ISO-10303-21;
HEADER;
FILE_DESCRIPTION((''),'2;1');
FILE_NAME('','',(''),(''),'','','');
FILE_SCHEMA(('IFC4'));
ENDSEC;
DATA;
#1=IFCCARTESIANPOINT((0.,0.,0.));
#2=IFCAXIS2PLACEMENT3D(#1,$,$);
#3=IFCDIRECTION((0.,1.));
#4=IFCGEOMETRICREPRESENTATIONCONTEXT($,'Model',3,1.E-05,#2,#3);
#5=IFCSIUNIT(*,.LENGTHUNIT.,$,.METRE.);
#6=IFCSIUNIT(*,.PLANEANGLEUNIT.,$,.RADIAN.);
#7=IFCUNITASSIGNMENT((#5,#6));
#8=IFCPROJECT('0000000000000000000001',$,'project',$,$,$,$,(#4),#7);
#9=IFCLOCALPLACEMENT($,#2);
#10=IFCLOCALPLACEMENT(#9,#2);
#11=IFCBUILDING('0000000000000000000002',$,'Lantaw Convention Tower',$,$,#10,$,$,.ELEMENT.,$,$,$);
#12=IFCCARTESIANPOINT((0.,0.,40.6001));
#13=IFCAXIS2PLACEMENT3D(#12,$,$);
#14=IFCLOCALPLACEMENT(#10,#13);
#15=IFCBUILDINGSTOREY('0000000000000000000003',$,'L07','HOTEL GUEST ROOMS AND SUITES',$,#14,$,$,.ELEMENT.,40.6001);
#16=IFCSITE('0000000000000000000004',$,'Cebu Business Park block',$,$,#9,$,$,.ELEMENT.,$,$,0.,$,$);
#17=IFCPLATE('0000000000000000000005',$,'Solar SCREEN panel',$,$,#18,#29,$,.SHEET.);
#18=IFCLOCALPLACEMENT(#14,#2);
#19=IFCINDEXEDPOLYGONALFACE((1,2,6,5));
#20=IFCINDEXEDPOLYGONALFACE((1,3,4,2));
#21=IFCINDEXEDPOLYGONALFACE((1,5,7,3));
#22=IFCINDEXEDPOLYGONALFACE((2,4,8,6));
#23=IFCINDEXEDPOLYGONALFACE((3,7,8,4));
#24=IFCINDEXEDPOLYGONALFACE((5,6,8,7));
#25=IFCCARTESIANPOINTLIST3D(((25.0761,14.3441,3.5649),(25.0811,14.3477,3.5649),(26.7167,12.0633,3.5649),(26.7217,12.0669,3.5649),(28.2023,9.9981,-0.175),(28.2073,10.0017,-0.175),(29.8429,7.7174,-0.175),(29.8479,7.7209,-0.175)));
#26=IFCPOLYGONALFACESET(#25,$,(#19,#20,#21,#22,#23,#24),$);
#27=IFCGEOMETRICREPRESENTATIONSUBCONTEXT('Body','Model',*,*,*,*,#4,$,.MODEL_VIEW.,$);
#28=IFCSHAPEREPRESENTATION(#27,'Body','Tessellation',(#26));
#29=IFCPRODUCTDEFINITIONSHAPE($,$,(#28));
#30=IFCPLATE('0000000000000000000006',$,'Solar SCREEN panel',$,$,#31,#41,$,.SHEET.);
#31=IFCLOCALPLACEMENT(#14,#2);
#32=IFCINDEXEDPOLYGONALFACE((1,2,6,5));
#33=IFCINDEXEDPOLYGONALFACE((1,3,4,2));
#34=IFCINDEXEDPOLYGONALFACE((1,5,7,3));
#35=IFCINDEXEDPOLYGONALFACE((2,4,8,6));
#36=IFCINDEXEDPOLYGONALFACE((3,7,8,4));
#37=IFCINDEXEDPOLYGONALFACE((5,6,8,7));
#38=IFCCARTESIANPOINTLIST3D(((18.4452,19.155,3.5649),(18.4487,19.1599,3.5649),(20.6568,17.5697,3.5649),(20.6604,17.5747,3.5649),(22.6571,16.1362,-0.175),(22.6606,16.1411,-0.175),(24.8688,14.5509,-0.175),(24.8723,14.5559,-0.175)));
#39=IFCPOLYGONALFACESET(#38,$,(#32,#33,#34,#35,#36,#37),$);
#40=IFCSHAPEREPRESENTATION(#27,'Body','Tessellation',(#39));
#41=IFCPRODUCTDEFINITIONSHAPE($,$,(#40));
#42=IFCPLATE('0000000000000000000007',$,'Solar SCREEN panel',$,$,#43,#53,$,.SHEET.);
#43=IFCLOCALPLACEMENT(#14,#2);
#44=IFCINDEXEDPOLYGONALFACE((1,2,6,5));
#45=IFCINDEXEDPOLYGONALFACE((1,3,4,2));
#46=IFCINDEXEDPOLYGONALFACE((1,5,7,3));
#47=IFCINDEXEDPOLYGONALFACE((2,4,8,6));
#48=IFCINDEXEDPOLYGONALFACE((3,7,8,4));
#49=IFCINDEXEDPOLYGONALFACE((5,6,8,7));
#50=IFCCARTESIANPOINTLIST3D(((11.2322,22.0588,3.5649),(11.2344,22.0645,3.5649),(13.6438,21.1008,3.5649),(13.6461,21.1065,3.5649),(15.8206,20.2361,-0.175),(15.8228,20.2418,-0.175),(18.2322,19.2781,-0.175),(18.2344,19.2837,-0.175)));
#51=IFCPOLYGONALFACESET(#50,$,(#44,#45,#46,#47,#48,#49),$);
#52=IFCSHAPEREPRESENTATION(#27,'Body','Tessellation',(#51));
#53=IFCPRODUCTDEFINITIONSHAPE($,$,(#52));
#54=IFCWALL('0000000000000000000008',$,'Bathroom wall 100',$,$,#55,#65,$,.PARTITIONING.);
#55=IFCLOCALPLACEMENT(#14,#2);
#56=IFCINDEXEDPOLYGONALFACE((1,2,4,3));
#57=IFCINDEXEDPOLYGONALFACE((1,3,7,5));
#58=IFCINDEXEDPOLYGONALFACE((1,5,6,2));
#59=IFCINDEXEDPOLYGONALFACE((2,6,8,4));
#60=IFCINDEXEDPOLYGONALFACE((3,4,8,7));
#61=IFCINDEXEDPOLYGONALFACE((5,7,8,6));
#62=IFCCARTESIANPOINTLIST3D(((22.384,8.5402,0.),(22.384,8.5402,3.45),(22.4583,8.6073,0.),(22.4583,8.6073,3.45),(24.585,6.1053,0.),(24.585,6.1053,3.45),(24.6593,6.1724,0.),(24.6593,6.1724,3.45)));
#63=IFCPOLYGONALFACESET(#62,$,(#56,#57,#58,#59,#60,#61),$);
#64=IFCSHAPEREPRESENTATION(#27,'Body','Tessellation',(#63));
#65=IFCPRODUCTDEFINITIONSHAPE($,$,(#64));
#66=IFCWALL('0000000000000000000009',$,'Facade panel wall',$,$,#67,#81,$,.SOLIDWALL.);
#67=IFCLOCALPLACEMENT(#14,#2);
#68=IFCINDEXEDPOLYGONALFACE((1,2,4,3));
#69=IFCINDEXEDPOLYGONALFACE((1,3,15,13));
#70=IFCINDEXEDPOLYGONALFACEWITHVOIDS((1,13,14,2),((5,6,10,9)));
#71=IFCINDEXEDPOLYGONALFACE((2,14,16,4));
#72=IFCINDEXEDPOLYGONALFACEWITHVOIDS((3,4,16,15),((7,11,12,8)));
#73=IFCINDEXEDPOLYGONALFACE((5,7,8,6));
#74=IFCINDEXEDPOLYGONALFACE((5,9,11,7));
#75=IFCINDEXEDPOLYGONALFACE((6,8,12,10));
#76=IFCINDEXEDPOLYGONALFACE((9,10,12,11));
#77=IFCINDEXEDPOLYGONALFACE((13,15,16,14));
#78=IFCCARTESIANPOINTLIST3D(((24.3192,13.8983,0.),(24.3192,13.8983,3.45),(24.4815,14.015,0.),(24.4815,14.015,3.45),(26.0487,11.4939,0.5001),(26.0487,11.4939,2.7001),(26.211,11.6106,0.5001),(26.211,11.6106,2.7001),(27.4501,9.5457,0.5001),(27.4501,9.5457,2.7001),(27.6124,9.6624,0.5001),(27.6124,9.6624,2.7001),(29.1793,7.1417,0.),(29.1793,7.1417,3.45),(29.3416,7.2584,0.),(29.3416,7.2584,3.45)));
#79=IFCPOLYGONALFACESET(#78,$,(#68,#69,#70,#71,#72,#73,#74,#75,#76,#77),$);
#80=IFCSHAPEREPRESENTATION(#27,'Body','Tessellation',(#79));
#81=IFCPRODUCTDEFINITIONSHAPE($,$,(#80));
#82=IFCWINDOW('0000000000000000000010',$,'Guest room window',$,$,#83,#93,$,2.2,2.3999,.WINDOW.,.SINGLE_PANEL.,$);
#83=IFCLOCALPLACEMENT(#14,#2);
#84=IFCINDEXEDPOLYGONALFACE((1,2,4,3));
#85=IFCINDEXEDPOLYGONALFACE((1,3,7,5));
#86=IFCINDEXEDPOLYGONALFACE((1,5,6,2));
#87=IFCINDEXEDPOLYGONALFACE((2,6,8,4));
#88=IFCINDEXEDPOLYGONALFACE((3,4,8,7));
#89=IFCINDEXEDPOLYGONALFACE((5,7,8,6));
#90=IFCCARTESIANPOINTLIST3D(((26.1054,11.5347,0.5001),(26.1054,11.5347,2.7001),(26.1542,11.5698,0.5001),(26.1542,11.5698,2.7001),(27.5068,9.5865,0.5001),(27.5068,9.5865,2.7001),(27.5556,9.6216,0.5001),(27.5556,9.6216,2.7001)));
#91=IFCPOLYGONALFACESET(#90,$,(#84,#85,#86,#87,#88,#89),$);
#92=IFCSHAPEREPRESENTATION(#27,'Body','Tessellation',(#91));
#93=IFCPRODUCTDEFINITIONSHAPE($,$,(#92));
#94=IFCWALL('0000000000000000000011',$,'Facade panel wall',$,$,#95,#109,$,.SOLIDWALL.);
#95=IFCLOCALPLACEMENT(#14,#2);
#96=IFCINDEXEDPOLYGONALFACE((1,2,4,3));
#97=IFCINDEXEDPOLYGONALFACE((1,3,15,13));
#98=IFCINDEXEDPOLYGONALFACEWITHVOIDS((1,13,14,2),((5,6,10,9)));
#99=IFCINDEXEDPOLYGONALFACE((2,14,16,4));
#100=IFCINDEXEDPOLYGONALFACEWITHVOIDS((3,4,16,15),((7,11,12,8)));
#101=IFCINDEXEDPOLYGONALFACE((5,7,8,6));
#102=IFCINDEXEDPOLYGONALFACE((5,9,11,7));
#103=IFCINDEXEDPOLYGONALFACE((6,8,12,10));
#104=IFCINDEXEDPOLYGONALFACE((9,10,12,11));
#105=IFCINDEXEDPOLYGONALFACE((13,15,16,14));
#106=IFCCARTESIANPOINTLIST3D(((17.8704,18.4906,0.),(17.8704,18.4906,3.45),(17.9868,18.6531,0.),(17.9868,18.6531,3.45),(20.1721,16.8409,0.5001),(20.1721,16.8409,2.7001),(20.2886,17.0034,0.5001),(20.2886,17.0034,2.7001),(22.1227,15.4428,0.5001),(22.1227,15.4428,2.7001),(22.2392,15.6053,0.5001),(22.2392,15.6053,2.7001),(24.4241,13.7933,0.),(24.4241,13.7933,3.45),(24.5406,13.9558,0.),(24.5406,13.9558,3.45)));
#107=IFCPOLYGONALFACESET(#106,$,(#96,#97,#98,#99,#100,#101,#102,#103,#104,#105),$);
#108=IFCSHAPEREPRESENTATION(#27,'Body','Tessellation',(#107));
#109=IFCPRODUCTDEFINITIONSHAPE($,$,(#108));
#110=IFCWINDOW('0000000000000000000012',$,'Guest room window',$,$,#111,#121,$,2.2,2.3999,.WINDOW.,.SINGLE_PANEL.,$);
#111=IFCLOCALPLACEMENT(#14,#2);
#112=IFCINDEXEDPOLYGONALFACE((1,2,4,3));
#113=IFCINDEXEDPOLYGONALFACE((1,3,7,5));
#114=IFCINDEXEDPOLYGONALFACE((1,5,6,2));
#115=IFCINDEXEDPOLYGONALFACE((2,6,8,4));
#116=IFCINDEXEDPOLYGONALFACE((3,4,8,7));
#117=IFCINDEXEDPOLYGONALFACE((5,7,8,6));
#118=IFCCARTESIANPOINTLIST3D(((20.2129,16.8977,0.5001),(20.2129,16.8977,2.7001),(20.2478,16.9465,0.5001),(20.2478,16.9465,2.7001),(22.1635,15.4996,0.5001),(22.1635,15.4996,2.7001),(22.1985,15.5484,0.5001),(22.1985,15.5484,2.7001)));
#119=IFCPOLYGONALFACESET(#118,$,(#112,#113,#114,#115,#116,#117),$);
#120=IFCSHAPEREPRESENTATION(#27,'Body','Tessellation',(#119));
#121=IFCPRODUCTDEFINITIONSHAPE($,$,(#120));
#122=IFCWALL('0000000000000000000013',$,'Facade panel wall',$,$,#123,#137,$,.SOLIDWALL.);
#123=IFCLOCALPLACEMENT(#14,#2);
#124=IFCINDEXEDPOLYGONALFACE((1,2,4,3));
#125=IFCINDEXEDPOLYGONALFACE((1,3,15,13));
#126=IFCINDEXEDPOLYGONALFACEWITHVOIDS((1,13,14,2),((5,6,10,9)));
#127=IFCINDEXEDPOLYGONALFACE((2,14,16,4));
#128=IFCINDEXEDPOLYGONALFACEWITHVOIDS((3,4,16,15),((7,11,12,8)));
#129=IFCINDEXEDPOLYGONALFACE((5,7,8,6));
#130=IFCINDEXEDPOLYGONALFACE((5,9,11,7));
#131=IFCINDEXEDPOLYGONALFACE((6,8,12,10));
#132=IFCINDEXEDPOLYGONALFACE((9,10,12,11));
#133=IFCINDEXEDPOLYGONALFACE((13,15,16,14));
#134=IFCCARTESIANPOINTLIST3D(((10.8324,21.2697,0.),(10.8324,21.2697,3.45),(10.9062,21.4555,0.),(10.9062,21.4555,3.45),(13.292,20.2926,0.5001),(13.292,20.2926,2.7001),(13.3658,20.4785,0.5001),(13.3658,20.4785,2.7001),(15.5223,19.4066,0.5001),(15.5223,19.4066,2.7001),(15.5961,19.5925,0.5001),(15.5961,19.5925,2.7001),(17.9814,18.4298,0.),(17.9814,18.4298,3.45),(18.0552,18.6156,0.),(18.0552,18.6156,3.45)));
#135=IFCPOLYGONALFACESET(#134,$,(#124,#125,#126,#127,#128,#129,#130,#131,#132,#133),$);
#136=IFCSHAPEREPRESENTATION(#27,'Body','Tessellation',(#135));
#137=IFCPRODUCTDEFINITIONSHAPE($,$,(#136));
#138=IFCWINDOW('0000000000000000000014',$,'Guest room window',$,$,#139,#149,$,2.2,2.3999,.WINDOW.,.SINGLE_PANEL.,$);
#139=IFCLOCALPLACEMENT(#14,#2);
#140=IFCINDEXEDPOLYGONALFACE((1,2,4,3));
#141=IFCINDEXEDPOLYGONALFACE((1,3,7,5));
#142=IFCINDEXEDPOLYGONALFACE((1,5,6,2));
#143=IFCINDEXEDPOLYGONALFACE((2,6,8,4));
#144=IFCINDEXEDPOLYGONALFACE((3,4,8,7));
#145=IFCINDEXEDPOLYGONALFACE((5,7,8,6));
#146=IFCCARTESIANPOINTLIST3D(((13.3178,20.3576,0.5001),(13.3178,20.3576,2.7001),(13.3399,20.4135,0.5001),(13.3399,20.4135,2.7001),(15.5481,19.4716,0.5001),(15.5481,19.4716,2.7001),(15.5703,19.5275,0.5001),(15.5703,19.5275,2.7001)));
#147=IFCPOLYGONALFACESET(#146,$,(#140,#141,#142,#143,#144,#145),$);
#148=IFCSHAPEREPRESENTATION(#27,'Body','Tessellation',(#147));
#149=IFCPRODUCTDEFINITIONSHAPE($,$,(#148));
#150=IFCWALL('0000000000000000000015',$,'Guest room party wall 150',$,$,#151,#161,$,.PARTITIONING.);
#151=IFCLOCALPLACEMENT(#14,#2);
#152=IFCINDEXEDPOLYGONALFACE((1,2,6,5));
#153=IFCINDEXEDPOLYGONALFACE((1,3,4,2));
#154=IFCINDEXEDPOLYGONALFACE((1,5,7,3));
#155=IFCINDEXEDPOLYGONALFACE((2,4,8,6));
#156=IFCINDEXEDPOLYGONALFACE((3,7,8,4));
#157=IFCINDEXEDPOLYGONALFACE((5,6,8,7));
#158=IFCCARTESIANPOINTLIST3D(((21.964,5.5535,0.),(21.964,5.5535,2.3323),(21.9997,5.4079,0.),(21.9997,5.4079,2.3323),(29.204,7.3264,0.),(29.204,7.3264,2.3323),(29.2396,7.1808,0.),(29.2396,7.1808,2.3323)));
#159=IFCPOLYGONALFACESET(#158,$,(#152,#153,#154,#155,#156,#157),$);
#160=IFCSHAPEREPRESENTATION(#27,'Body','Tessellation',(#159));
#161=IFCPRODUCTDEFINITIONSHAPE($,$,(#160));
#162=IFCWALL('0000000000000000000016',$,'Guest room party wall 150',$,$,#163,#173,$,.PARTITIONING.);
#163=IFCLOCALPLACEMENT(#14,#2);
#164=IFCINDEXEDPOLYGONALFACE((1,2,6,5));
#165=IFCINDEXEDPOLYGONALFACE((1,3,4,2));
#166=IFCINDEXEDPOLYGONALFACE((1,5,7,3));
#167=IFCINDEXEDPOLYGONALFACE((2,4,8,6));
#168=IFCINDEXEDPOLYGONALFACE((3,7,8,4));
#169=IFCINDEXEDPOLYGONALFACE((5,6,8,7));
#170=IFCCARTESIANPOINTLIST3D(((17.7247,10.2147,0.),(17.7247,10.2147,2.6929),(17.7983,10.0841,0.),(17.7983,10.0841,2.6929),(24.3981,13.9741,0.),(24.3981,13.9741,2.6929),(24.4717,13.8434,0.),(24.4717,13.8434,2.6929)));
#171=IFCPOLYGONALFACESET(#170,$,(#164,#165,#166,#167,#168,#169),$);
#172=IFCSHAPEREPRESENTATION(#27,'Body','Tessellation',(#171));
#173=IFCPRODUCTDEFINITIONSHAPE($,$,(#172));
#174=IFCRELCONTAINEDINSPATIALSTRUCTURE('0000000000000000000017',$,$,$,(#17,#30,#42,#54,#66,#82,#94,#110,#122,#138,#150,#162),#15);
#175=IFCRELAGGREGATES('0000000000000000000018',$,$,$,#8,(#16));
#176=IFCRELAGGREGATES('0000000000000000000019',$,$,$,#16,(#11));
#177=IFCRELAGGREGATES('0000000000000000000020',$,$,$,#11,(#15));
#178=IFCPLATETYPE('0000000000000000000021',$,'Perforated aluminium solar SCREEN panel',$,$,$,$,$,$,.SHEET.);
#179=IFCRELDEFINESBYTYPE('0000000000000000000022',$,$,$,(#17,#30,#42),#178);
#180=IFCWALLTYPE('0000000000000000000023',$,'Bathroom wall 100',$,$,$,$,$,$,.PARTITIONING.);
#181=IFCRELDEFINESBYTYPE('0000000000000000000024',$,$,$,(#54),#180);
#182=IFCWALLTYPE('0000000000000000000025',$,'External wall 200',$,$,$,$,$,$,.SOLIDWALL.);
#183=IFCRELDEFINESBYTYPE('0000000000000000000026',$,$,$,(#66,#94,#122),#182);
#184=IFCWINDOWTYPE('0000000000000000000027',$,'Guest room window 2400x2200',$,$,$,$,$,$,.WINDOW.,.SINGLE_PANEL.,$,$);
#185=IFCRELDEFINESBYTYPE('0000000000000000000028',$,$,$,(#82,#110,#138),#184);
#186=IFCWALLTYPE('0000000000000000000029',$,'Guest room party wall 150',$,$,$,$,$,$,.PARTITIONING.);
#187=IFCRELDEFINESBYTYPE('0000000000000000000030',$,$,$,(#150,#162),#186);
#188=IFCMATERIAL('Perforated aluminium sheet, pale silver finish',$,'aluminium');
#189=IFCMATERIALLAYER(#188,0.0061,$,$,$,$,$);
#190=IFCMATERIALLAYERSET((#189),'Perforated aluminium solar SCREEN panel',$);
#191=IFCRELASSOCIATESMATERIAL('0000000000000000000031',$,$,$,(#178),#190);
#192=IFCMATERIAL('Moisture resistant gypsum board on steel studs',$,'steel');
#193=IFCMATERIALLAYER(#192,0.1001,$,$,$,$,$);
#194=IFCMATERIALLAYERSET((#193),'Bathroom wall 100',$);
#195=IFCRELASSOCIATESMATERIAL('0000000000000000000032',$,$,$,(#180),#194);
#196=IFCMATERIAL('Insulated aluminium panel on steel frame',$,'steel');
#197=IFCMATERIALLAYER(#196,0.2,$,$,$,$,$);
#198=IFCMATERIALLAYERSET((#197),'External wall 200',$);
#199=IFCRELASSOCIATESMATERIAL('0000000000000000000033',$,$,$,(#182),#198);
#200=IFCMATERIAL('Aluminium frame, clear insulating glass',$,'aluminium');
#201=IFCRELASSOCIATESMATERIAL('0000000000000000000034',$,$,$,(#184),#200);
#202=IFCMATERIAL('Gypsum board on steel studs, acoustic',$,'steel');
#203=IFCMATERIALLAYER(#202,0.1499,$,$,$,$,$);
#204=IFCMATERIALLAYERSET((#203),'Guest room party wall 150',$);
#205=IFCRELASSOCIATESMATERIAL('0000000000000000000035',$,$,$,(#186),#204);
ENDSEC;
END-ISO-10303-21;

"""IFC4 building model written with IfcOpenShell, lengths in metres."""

from ifc_helpers import new_model, si_unit, direction, frame, frame_2d, origin, place, context, subcontext, project, spatial, polyline, rectangle, outline, extrude, material, layer, layer_set, type_object, element, fill, save


model = new_model("IFC4")

# Units and contexts
model_context = context("Model", 3, precision=1e-05, world=origin(), true_north=direction((0.0, 1.0)))
body_context = subcontext(model_context, "Body", "Model", "MODEL_VIEW")
ifc_project = project(units=[si_unit("LENGTHUNIT", "METRE"), si_unit("PLANEANGLEUNIT", "RADIAN")], contexts=[model_context])

# Site, building, storey
site_placement = place(None, origin())
site = spatial("IfcSite", under=ifc_project, at=site_placement, Name="Cebu Business Park block", CompositionType="ELEMENT", RefElevation=0.0)
building_placement = place(site_placement, origin())
building = spatial("IfcBuilding", under=site, at=building_placement, Name="Lantaw Convention Tower", CompositionType="ELEMENT")
storey_placement = place(building_placement, frame((0.0, 0.0, 40.6001)))
storey = spatial("IfcBuildingStorey", under=building, at=storey_placement, Name="L07", Description="HOTEL GUEST ROOMS AND SUITES", CompositionType="ELEMENT", Elevation=40.6001)

# Plates
ifc_material_1 = material(Name="Perforated aluminium sheet, pale silver finish", Category="aluminium")
ifc_layer_1 = layer(ifc_material_1, 0.0061)
ifc_layer_set_1 = layer_set([ifc_layer_1], Name="Perforated aluminium solar SCREEN panel")
plate_type = type_object("IfcPlateType", Name="Perforated aluminium solar SCREEN panel", PredefinedType="SHEET", material=ifc_layer_set_1)
plate_1_placement = place(storey_placement, frame((29.8479, 7.7209, -0.175), z_axis=(0.811791, 0.583948, 0.000009), x_axis=(-0.583948, 0.811791, 0.0)))
element("IfcPlate", 1, at=plate_1_placement, inside=storey, type_object=plate_type, Name="Solar SCREEN panel", PredefinedType="SHEET", context=body_context, shape_type="SweptSolid", body=[
    extrude(outline(polyline([(0.0, 0.0), (2.8095, 0.0), (8.1631, 3.74), (5.3536, 3.74), (0.0, 0.0)])), origin(), (0.0, 0.0, -1.0), 0.0061),
])
plate_2_placement = place(storey_placement, frame((24.8723, 14.5559, -0.175), z_axis=(0.582561, 0.812787, 0.000016), x_axis=(-0.812787, 0.582561, 0.0)))
element("IfcPlate", 2, at=plate_2_placement, inside=storey, type_object=plate_type, Name="Solar SCREEN panel", PredefinedType="SHEET", context=body_context, shape_type="SweptSolid", body=[
    extrude(outline(polyline([(0.0, 0.0), (2.7211, 0.0), (7.9031, 3.74), (5.182, 3.74), (0.0, 0.0)])), origin(), (0.0, 0.0, -1.0), 0.0061),
])
plate_3_placement = place(storey_placement, frame((18.2322, 19.2781, -0.175), z_axis=(-0.369184, -0.929357, 0.000009), x_axis=(-0.929357, 0.369184, 0.0)))
element("IfcPlate", 3, at=plate_3_placement, inside=storey, type_object=plate_type, Name="Solar SCREEN panel", PredefinedType="SHEET", context=body_context, shape_type="SweptSolid", body=[
    extrude(outline(polyline([(0.0, 0.0), (2.5949, 0.0), (7.5321, -3.74), (4.9372, -3.74), (0.0, 0.0)])), origin(), (0.0, 0.0, -1.0), 0.0061),
])

# Wall
ifc_material_2 = material(Name="Moisture resistant gypsum board on steel studs", Category="steel")
ifc_layer_2 = layer(ifc_material_2, 0.1001)
ifc_layer_set_2 = layer_set([ifc_layer_2], Name="Bathroom wall 100")
wall_type_1 = type_object("IfcWallType", Name="Bathroom wall 100", PredefinedType="PARTITIONING", material=ifc_layer_set_2)
wall_1_placement = place(storey_placement, frame((22.4211, 8.5737, 0.0), z_axis=(0.0, 0.0, 1.0), x_axis=(0.670578, -0.741839, 0.0)))
element("IfcWall", 4, at=wall_1_placement, inside=storey, type_object=wall_type_1, Name="Bathroom wall 100", PredefinedType="PARTITIONING", context=body_context, shape_type="SweptSolid", body=[
    extrude(rectangle(XDim=3.2822, YDim=0.1001, at=frame_2d((1.6411, 0.0))), origin(), (0.0, 0.0, 1.0), 3.45),
])

# Walls, openings, windows
ifc_material_3 = material(Name="Insulated aluminium panel on steel frame", Category="steel")
ifc_layer_3 = layer(ifc_material_3, 0.2)
ifc_layer_set_3 = layer_set([ifc_layer_3], Name="External wall 200")
wall_type_2 = type_object("IfcWallType", Name="External wall 200", PredefinedType="SOLIDWALL", material=ifc_layer_set_3)
wall_2_placement = place(storey_placement, frame((29.2605, 7.2, 0.0), z_axis=(0.0, 0.0, 1.0), x_axis=(-0.583938, 0.811799, 0.0)))
wall_2 = element("IfcWall", 5, at=wall_2_placement, inside=storey, type_object=wall_type_2, Name="Facade panel wall", PredefinedType="SOLIDWALL", context=body_context, shape_type="SweptSolid", body=[
    extrude(rectangle(XDim=8.323, YDim=0.2, at=frame_2d((4.1616, 0.0))), origin(), (0.0, 0.0, 1.0), 3.45),
])
opening_1_placement = place(wall_2_placement, frame((2.9614, 0.0, 0.5)))
opening_1 = element("IfcOpeningElement", 6, at=opening_1_placement, cuts=wall_2, PredefinedType="OPENING", context=body_context, shape_type="SweptSolid", body=[
    extrude(rectangle(XDim=2.3999, YDim=2.2, at=frame_2d((1.2, 1.1001))), frame((0.0, 0.1099, 0.0), z_axis=(0.0, -1.0, 0.0), x_axis=(1.0, 0.0, 0.0)), (0.0, 0.0, 1.0), 0.22),
])
ifc_material_4 = material(Name="Aluminium frame, clear insulating glass", Category="aluminium")
window_type = type_object("IfcWindowType", Name="Guest room window 2400x2200", PartitioningType="SINGLE_PANEL", PredefinedType="WINDOW", material=ifc_material_4)
window_1_placement = place(opening_1_placement, origin())
window_1 = element("IfcWindow", 7, at=window_1_placement, inside=storey, type_object=window_type, Name="Guest room window", OverallHeight=2.2, OverallWidth=2.3999, PartitioningType="SINGLE_PANEL", PredefinedType="WINDOW", context=body_context, shape_type="SweptSolid", body=[
    extrude(rectangle(XDim=2.3999, YDim=2.2, at=frame_2d((1.2, 1.1001))), frame((0.0, 0.03, 0.0), z_axis=(0.0, -1.0, 0.0), x_axis=(1.0, 0.0, 0.0)), (0.0, 0.0, 1.0), 0.0601),
])
fill(opening_1, window_1)
wall_3_placement = place(storey_placement, frame((24.4824, 13.8745, 0.0), z_axis=(0.0, 0.0, 1.0), x_axis=(-0.812791, 0.582555, 0.0)))
wall_3 = element("IfcWall", 8, at=wall_3_placement, inside=storey, type_object=wall_type_2, Name="Facade panel wall", PredefinedType="SOLIDWALL", context=body_context, shape_type="SweptSolid", body=[
    extrude(rectangle(XDim=8.0632, YDim=0.2, at=frame_2d((4.0317, 0.0))), origin(), (0.0, 0.0, 1.0), 3.45),
])
opening_2_placement = place(wall_3_placement, frame((2.8315, 0.0, 0.5)))
opening_2 = element("IfcOpeningElement", 9, at=opening_2_placement, cuts=wall_3, PredefinedType="OPENING", context=body_context, shape_type="SweptSolid", body=[
    extrude(rectangle(XDim=2.3999, YDim=2.2, at=frame_2d((1.2, 1.1001))), frame((0.0, 0.1099, 0.0), z_axis=(0.0, -1.0, 0.0), x_axis=(1.0, 0.0, 0.0)), (0.0, 0.0, 1.0), 0.22),
])
window_2_placement = place(opening_2_placement, origin())
window_2 = element("IfcWindow", 10, at=window_2_placement, inside=storey, type_object=window_type, Name="Guest room window", OverallHeight=2.2, OverallWidth=2.3999, PartitioningType="SINGLE_PANEL", PredefinedType="WINDOW", context=body_context, shape_type="SweptSolid", body=[
    extrude(rectangle(XDim=2.3999, YDim=2.2, at=frame_2d((1.2, 1.1001))), frame((0.0, 0.03, 0.0), z_axis=(0.0, -1.0, 0.0), x_axis=(1.0, 0.0, 0.0)), (0.0, 0.0, 1.0), 0.0601),
])
fill(opening_2, window_2)
wall_4_placement = place(storey_placement, frame((18.0183, 18.5227, 0.0), z_axis=(0.0, 0.0, 1.0), x_axis=(-0.929358, 0.369179, 0.0)))
wall_4 = element("IfcWall", 11, at=wall_4_placement, inside=storey, type_object=wall_type_2, Name="Facade panel wall", PredefinedType="SOLIDWALL", context=body_context, shape_type="SweptSolid", body=[
    extrude(rectangle(XDim=7.6924, YDim=0.2, at=frame_2d((3.8462, 0.0))), origin(), (0.0, 0.0, 1.0), 3.45),
])
opening_3_placement = place(wall_4_placement, frame((2.646, 0.0, 0.5)))
opening_3 = element("IfcOpeningElement", 12, at=opening_3_placement, cuts=wall_4, PredefinedType="OPENING", context=body_context, shape_type="SweptSolid", body=[
    extrude(rectangle(XDim=2.3999, YDim=2.2, at=frame_2d((1.2, 1.1001))), frame((0.0, 0.1099, 0.0), z_axis=(0.0, -1.0, 0.0), x_axis=(1.0, 0.0, 0.0)), (0.0, 0.0, 1.0), 0.22),
])
window_3_placement = place(opening_3_placement, origin())
window_3 = element("IfcWindow", 13, at=window_3_placement, inside=storey, type_object=window_type, Name="Guest room window", OverallHeight=2.2, OverallWidth=2.3999, PartitioningType="SINGLE_PANEL", PredefinedType="WINDOW", context=body_context, shape_type="SweptSolid", body=[
    extrude(rectangle(XDim=2.3999, YDim=2.2, at=frame_2d((1.2, 1.1001))), frame((0.0, 0.03, 0.0), z_axis=(0.0, -1.0, 0.0), x_axis=(1.0, 0.0, 0.0)), (0.0, 0.0, 1.0), 0.0601),
])
fill(opening_3, window_3)

# Walls
ifc_material_5 = material(Name="Gypsum board on steel studs, acoustic", Category="steel")
ifc_layer_4 = layer(ifc_material_5, 0.1499)
ifc_layer_set_4 = layer_set([ifc_layer_4], Name="Guest room party wall 150")
wall_type_3 = type_object("IfcWallType", Name="Guest room party wall 150", PredefinedType="PARTITIONING", material=ifc_layer_set_4)
wall_5_placement = place(storey_placement, frame((29.2219, 7.2537, 0.0), z_axis=(0.0, 0.0, 1.0), x_axis=(-0.971301, -0.237855, 0.0)))
element("IfcWall", 14, at=wall_5_placement, inside=storey, type_object=wall_type_3, Name="Guest room party wall 150", PredefinedType="PARTITIONING", context=body_context, shape_type="SweptSolid", body=[
    extrude(rectangle(XDim=7.4539, YDim=0.1499, at=frame_2d((3.7271, 0.0))), origin(), (0.0, 0.0, 1.0), 2.3323),
])
wall_6_placement = place(storey_placement, frame((24.4348, 13.9087, 0.0), z_axis=(0.0, 0.0, 1.0), x_axis=(-0.871267, -0.490809, 0.0)))
element("IfcWall", 15, at=wall_6_placement, inside=storey, type_object=wall_type_3, Name="Guest room party wall 150", PredefinedType="PARTITIONING", context=body_context, shape_type="SweptSolid", body=[
    extrude(rectangle(XDim=7.6594, YDim=0.1499, at=frame_2d((3.8296, 0.0))), origin(), (0.0, 0.0, 1.0), 2.6929),
])

save(model, "model.ifc")
